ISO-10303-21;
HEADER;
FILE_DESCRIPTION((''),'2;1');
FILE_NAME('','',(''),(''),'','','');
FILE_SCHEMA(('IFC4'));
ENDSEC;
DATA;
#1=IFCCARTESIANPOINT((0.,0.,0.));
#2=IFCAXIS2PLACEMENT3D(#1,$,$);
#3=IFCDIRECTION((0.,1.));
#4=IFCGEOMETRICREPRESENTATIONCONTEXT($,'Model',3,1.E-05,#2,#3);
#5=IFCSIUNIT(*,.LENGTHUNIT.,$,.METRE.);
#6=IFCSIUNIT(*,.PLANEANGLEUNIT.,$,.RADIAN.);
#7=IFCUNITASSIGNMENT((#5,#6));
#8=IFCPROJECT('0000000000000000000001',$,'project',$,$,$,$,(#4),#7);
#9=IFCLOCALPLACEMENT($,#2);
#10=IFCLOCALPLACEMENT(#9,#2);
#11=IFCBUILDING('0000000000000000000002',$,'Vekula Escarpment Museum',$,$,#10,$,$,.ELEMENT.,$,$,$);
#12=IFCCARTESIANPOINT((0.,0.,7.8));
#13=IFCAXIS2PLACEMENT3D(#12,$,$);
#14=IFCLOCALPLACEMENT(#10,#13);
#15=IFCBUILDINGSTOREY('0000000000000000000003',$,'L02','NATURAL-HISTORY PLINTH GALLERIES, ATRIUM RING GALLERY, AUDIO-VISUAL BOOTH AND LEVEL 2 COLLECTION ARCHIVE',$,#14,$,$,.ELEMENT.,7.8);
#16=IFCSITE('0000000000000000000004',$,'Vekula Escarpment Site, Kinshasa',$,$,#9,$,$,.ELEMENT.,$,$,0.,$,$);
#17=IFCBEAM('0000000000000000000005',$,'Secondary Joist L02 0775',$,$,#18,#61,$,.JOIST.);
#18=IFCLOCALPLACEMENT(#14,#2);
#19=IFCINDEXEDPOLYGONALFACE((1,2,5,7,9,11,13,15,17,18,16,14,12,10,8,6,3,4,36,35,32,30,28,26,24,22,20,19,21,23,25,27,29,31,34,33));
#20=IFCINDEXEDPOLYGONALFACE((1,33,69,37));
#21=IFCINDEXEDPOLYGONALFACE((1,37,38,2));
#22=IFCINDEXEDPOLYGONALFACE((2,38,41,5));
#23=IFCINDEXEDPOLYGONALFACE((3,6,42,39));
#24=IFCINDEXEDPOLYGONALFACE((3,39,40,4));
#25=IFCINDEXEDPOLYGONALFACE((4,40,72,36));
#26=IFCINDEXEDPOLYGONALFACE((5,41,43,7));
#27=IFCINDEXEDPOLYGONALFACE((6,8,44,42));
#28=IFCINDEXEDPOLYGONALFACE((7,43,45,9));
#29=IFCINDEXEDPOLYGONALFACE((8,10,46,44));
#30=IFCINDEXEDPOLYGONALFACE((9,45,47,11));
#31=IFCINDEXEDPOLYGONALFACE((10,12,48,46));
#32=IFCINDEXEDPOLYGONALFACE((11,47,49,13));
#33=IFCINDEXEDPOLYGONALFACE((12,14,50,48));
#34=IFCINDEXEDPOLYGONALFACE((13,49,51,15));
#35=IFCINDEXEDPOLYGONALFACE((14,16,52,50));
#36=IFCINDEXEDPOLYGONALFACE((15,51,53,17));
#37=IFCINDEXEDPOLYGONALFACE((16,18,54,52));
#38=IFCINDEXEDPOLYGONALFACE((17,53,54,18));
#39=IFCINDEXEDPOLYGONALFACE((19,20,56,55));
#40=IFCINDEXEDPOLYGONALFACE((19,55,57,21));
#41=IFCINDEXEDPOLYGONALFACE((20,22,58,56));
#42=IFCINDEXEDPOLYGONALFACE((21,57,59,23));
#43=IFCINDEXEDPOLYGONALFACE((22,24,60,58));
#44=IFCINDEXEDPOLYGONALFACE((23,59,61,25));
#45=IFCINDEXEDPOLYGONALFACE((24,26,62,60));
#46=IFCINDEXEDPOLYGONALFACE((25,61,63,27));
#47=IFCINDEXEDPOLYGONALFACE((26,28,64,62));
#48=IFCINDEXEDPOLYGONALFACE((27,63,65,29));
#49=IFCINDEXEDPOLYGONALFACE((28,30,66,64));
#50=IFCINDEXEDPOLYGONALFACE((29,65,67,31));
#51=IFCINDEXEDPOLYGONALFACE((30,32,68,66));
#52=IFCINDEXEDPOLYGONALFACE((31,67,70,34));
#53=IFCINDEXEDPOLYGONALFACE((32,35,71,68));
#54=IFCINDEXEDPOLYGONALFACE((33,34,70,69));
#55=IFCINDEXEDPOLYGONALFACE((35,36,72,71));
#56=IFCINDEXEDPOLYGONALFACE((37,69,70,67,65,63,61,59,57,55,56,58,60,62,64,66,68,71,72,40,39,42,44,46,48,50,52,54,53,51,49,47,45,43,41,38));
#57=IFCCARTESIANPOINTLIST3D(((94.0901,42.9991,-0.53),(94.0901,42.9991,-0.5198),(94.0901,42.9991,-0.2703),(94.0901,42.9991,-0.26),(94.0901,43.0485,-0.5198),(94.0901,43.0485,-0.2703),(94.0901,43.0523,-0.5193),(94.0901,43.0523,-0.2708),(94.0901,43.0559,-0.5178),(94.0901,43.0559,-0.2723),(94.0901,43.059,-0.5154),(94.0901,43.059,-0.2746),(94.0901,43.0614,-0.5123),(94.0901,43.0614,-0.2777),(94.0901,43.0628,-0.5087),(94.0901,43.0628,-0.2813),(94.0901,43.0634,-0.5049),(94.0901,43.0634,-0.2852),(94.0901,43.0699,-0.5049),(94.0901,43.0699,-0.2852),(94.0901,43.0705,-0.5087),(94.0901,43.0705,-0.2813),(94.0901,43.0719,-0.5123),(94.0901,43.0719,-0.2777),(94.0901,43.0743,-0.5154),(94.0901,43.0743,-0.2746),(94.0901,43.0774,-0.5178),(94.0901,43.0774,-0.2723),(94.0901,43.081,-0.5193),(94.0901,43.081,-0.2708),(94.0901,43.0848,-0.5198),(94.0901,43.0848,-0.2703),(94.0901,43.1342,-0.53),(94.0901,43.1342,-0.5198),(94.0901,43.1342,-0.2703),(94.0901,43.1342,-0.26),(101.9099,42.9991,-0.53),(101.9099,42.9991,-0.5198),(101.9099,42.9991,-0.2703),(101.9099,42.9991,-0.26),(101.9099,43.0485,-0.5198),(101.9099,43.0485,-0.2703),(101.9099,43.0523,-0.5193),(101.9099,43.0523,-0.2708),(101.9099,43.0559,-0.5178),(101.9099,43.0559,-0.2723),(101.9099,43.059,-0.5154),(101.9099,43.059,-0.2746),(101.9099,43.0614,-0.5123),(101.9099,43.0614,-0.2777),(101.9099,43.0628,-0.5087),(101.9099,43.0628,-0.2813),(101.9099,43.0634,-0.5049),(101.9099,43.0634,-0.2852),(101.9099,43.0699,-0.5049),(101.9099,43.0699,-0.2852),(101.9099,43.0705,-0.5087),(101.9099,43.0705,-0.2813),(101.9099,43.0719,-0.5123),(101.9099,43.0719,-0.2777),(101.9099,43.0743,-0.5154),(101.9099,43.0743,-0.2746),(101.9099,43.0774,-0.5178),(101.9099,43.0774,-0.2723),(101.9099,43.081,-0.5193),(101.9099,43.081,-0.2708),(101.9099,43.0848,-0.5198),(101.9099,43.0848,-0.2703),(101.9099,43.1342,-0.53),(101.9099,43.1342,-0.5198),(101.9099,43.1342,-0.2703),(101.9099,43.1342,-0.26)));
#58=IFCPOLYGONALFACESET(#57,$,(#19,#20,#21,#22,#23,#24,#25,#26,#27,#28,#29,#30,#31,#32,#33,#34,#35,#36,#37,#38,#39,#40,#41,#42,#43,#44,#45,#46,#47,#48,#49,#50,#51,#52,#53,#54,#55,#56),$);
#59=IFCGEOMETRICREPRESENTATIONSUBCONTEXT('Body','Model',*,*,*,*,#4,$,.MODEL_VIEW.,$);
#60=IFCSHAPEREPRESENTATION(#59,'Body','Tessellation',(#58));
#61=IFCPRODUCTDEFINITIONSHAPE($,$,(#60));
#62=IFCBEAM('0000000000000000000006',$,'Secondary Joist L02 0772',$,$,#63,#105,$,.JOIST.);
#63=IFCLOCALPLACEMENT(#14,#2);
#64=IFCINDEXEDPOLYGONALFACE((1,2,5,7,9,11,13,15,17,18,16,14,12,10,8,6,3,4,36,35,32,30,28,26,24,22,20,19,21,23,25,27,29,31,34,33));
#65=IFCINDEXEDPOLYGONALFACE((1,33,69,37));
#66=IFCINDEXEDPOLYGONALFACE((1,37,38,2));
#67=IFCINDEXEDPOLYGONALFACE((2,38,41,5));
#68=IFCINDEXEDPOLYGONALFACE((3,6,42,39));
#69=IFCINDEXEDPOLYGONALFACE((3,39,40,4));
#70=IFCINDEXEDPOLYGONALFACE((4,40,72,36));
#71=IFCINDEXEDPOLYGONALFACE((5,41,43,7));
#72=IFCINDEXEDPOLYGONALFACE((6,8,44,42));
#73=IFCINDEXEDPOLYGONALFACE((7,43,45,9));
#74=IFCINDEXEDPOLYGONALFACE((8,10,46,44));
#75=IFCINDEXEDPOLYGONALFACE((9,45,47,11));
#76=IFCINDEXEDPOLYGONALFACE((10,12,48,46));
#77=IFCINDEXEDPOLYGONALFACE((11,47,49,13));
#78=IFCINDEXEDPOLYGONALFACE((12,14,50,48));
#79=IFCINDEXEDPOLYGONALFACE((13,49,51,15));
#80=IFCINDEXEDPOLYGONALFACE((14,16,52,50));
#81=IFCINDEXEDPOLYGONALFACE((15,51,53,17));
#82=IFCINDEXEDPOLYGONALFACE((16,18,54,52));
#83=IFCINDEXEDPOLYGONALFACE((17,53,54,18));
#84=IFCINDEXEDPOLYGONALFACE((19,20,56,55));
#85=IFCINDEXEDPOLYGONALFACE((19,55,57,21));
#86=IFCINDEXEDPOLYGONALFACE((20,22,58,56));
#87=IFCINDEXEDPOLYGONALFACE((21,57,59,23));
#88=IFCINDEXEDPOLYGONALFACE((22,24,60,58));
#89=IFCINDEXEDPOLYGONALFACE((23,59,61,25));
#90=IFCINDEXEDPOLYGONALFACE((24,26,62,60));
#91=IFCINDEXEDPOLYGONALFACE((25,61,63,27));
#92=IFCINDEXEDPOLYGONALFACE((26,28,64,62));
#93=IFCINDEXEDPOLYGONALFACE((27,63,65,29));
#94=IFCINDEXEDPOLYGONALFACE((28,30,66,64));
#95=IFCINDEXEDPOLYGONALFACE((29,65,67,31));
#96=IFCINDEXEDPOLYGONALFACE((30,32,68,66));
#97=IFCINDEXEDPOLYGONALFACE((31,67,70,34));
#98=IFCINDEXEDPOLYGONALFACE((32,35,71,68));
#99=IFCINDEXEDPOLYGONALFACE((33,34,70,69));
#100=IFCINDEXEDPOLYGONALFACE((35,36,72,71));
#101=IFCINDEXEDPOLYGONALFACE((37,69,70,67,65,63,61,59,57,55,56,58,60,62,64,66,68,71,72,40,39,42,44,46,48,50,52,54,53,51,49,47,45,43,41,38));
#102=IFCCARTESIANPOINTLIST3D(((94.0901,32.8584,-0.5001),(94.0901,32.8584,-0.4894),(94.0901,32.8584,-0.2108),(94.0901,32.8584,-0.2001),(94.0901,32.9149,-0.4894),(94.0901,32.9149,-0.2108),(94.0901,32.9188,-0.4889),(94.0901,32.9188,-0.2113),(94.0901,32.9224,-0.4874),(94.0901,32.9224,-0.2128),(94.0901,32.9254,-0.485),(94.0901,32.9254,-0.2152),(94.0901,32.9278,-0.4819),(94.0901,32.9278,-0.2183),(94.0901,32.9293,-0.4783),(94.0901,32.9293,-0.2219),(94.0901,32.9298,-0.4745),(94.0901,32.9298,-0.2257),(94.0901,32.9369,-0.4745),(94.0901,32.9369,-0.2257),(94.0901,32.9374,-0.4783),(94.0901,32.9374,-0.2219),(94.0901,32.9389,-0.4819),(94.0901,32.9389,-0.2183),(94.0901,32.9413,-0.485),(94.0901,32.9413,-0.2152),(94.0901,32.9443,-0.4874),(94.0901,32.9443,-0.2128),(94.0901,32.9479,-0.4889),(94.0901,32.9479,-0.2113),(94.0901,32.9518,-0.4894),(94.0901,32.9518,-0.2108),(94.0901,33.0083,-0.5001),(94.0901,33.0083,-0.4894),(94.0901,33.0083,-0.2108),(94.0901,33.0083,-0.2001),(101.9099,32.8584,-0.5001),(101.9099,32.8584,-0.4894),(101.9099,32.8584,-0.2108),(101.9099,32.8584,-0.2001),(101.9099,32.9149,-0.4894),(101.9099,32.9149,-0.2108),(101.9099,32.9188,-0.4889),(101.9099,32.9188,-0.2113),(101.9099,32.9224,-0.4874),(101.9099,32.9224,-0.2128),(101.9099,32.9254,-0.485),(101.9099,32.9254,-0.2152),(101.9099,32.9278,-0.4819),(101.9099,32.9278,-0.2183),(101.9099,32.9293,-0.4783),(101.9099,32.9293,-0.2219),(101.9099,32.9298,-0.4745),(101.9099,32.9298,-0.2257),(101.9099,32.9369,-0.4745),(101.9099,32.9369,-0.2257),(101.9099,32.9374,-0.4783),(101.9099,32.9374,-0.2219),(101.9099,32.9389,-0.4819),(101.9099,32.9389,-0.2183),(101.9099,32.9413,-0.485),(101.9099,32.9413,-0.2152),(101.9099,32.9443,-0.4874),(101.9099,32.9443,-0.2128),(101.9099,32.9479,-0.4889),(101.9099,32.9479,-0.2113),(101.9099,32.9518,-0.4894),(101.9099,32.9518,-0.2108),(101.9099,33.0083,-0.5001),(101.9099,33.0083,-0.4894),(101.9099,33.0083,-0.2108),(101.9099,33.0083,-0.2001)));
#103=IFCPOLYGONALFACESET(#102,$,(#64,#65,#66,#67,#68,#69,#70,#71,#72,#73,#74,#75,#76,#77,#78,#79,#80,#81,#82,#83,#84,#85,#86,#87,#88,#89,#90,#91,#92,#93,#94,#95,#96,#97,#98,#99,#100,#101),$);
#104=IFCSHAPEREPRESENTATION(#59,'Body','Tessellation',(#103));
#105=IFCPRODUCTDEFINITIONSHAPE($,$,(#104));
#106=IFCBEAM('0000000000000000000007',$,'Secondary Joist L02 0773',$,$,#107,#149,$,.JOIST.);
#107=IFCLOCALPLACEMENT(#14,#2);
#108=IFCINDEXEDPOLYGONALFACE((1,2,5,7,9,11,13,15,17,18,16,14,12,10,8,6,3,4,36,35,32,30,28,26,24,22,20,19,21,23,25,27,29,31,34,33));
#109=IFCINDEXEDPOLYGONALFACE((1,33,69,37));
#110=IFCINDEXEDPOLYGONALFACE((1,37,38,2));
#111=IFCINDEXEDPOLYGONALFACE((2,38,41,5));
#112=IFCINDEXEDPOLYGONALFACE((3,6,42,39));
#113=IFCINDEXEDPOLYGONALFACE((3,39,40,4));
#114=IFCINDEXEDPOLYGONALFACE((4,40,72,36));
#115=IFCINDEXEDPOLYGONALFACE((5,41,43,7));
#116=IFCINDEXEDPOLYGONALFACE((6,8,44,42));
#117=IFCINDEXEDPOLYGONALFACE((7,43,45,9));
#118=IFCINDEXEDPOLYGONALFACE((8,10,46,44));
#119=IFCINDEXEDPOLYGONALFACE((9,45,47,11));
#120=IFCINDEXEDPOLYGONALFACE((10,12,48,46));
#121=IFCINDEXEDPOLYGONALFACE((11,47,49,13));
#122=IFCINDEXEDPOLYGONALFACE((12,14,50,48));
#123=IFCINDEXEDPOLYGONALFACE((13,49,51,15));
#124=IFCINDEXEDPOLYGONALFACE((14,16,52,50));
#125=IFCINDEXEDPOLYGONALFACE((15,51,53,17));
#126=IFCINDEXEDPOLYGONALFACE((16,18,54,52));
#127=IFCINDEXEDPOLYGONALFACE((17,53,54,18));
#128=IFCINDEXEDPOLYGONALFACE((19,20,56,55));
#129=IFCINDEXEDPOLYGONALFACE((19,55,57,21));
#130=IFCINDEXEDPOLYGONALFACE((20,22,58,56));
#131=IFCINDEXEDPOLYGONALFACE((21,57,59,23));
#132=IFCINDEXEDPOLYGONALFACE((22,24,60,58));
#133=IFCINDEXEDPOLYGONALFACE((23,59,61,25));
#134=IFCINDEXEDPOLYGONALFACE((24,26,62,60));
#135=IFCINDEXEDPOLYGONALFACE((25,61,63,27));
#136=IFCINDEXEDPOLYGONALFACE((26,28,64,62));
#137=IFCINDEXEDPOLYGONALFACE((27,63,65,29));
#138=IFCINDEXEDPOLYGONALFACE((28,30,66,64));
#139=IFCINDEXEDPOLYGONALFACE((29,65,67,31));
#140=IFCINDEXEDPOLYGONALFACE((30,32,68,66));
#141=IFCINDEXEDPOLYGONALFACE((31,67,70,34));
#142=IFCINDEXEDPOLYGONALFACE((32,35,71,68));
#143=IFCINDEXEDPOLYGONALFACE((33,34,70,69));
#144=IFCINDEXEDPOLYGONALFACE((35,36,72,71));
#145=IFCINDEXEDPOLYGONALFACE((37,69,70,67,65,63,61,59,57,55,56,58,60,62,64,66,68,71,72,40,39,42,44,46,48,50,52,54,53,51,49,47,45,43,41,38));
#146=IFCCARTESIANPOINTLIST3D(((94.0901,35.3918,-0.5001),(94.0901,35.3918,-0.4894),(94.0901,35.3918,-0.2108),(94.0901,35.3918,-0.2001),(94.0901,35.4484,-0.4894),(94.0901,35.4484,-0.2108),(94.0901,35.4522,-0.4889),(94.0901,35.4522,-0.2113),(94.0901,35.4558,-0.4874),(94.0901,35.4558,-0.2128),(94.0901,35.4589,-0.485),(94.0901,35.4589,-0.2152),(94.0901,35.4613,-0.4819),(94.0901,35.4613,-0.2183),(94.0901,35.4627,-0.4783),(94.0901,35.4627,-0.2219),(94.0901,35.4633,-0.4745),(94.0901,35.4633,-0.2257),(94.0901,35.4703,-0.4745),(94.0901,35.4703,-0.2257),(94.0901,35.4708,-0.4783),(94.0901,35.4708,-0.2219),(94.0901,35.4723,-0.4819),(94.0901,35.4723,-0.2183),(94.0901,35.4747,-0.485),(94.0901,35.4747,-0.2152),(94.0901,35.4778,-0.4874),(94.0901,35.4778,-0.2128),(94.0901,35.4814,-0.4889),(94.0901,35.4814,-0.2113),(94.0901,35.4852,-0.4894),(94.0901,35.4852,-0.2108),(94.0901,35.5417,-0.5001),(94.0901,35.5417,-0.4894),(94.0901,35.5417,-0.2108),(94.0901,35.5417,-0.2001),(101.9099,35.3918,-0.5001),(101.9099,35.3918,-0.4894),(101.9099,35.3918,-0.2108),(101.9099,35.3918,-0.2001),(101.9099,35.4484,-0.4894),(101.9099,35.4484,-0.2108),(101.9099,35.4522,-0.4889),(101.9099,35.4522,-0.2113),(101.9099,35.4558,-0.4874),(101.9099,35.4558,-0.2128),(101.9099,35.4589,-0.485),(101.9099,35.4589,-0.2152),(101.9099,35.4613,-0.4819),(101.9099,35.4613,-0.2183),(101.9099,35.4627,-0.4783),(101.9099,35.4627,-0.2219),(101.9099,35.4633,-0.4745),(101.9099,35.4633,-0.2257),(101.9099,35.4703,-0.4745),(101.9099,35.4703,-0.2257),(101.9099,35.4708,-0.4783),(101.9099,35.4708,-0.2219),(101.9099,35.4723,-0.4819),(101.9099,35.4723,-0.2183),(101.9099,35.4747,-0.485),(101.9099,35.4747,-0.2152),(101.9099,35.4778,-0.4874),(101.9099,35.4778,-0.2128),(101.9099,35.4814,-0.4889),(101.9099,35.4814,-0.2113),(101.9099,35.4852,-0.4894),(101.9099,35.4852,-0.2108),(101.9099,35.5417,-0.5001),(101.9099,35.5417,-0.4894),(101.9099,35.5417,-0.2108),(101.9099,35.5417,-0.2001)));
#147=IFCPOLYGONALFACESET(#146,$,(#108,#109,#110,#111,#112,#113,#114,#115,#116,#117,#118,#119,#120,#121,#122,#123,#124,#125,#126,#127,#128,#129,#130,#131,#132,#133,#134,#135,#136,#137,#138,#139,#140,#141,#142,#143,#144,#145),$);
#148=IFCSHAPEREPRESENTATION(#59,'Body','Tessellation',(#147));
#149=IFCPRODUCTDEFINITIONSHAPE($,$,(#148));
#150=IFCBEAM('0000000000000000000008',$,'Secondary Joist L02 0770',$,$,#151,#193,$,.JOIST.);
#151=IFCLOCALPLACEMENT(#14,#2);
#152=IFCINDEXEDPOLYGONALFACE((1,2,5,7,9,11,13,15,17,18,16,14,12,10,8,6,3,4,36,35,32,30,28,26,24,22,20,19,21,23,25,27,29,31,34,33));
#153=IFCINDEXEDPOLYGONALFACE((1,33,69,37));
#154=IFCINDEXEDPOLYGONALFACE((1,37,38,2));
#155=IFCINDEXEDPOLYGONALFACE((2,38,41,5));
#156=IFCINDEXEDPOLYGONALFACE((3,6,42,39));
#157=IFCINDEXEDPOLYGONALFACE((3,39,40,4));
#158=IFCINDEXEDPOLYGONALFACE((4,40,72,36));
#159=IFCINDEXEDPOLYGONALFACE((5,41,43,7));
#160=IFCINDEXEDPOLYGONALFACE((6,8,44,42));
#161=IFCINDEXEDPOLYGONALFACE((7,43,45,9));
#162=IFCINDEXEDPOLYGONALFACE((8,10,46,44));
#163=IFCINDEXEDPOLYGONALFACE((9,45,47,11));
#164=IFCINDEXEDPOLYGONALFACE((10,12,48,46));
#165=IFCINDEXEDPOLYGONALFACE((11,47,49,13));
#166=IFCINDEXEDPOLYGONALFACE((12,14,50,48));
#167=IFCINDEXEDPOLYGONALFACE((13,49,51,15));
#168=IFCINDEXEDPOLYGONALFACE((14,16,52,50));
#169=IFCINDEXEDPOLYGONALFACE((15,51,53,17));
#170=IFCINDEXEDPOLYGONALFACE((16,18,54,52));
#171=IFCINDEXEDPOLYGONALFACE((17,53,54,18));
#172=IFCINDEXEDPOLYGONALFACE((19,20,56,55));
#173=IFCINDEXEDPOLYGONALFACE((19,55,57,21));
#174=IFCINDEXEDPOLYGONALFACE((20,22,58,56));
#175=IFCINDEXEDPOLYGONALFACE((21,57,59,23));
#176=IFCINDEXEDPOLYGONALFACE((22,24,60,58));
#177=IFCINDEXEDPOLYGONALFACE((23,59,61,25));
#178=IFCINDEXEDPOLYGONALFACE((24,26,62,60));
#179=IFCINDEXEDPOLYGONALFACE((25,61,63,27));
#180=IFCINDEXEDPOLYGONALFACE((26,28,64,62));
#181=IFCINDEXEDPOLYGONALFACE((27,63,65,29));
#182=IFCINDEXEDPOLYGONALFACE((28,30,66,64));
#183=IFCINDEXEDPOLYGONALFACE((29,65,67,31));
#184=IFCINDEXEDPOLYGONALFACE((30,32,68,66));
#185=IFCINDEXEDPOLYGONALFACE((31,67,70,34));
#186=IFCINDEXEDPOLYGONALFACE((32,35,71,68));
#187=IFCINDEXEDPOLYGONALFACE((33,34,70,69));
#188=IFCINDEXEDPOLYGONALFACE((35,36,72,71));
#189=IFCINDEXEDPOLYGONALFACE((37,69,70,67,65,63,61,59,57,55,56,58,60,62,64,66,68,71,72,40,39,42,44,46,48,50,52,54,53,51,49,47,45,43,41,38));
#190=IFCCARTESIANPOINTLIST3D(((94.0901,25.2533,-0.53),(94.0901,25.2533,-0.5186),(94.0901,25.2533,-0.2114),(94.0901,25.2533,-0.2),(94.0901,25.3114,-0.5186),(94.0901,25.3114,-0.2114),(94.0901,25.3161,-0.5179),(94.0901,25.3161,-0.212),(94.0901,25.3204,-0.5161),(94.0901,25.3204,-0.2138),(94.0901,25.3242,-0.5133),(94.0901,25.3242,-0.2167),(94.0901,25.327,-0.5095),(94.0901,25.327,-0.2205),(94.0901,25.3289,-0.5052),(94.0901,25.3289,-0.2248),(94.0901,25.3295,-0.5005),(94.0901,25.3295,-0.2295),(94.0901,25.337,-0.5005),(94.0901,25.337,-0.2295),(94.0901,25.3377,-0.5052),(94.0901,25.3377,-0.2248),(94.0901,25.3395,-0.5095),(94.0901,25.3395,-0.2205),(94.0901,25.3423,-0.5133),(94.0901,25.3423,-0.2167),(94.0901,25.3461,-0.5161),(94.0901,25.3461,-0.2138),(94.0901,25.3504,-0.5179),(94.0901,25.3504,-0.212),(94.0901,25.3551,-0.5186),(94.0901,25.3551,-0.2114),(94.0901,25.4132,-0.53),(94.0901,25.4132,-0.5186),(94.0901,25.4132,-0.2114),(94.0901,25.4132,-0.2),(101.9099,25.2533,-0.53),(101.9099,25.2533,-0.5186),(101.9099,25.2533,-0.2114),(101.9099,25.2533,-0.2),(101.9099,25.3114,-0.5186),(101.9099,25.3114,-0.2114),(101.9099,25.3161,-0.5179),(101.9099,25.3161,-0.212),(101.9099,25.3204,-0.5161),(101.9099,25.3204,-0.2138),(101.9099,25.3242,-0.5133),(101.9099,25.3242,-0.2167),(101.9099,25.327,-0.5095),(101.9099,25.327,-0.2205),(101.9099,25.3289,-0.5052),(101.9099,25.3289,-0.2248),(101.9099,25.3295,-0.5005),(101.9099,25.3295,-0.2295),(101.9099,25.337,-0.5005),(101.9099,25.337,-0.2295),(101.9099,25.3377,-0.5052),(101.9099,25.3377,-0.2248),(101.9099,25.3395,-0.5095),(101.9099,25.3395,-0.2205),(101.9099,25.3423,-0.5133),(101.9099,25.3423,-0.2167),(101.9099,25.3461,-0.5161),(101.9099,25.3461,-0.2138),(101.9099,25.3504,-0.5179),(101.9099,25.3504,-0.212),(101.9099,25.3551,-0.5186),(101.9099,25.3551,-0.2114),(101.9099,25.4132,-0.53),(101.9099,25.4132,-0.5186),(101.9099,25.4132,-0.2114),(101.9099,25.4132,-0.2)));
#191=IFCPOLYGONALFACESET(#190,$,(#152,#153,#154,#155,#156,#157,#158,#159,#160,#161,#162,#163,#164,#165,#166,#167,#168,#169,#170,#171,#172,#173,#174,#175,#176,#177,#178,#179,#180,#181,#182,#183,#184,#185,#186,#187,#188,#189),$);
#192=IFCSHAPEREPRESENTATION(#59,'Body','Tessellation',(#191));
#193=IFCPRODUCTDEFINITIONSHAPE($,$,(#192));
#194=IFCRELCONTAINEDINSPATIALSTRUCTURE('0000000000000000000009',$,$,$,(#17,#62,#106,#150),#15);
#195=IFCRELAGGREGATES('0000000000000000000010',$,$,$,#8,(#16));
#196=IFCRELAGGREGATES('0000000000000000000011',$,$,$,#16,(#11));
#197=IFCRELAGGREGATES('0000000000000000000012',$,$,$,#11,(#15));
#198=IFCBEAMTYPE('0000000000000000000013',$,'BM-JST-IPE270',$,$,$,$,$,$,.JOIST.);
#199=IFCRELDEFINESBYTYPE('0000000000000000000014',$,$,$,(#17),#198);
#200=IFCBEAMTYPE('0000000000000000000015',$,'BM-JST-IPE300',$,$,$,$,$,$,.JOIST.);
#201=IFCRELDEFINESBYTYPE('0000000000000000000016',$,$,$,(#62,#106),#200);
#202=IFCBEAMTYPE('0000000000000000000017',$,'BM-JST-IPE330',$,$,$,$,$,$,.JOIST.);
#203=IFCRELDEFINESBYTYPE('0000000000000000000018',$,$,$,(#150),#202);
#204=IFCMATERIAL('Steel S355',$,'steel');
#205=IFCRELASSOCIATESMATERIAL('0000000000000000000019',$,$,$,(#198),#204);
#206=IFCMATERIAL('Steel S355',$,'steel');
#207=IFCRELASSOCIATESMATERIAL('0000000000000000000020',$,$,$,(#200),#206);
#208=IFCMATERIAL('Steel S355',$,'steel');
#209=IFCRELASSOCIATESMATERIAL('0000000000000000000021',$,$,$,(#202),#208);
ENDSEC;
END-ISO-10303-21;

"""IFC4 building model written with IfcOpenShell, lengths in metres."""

from ifc_helpers import new_model, si_unit, direction, frame, origin, origin_2d, place, context, subcontext, project, spatial, i_section, extrude, material, material_profile, profile_set, type_object, element, save


model = new_model("IFC4")

# Units and contexts
model_context = context("Model", 3, precision=1e-05, world=origin(), true_north=direction((0.0, 1.0)))
body_context = subcontext(model_context, "Body", "Model", "MODEL_VIEW")
ifc_project = project(units=[si_unit("LENGTHUNIT", "METRE"), si_unit("PLANEANGLEUNIT", "RADIAN")], contexts=[model_context])

# Site, building, storey
site_placement = place(None, origin())
site = spatial("IfcSite", under=ifc_project, at=site_placement, Name="Vekula Escarpment Site, Kinshasa", CompositionType="ELEMENT", RefElevation=0.0)
building_placement = place(site_placement, origin())
building = spatial("IfcBuilding", under=site, at=building_placement, Name="Vekula Escarpment Museum", CompositionType="ELEMENT")
storey_placement = place(building_placement, frame((0.0, 0.0, 7.8)))
storey = spatial("IfcBuildingStorey", under=building, at=storey_placement, Name="L02", Description="NATURAL-HISTORY PLINTH GALLERIES, ATRIUM RING GALLERY, AUDIO-VISUAL BOOTH AND LEVEL 2 COLLECTION ARCHIVE", CompositionType="ELEMENT", Elevation=7.8)

# Beams
ifc_material_1 = material(Name="Steel S355", Category="steel")
ifc_material_profile_1 = material_profile(ifc_material_1, i_section(OverallWidth=0.135, OverallDepth=0.27, WebThickness=0.0066, FlangeThickness=0.0103, FilletRadius=0.0149, at=origin_2d()), Name="IPE 270")
ifc_profile_set_1 = profile_set([ifc_material_profile_1], Name="Steel S355")
beam_type_1 = type_object("IfcBeamType", Name="BM-JST-IPE270", PredefinedType="JOIST", material=ifc_profile_set_1)
for number, where, z_axis, x_axis, name in (
    (1, (94.0901, 43.0667, -0.395), (1.0, 0.0, 0.0), (0.0, 1.0, 0.0), "Secondary Joist L02 0775"),
):
    element("IfcBeam", number, at=place(storey_placement, frame(where, z_axis=z_axis, x_axis=x_axis)), inside=storey, type_object=beam_type_1, Name=name, PredefinedType="JOIST", context=body_context, shape_type="SweptSolid", body=[
        extrude(i_section(OverallWidth=0.135, OverallDepth=0.27, WebThickness=0.0066, FlangeThickness=0.0103, FilletRadius=0.0149, at=origin_2d()), origin(), (0.0, 0.0, 1.0), 7.8198),
    ])
ifc_material_2 = material(Name="Steel S355", Category="steel")
ifc_material_profile_2 = material_profile(ifc_material_2, i_section(OverallWidth=0.1499, OverallDepth=0.3, WebThickness=0.0071, FlangeThickness=0.0107, FilletRadius=0.0149, at=origin_2d()), Name="IPE 300")
ifc_profile_set_2 = profile_set([ifc_material_profile_2], Name="Steel S355")
beam_type_2 = type_object("IfcBeamType", Name="BM-JST-IPE300", PredefinedType="JOIST", material=ifc_profile_set_2)
for number, where, z_axis, x_axis, name in (
    (2, (94.0901, 32.9333, -0.3501), (1.0, 0.0, 0.0), (0.0, 1.0, 0.0), "Secondary Joist L02 0772"),
    (3, (94.0901, 35.4668, -0.3501), (1.0, 0.0, 0.0), (0.0, 1.0, 0.0), "Secondary Joist L02 0773"),
):
    element("IfcBeam", number, at=place(storey_placement, frame(where, z_axis=z_axis, x_axis=x_axis)), inside=storey, type_object=beam_type_2, Name=name, PredefinedType="JOIST", context=body_context, shape_type="SweptSolid", body=[
        extrude(i_section(OverallWidth=0.1499, OverallDepth=0.3, WebThickness=0.0071, FlangeThickness=0.0107, FilletRadius=0.0149, at=origin_2d()), origin(), (0.0, 0.0, 1.0), 7.8198),
    ])
ifc_material_3 = material(Name="Steel S355", Category="steel")
ifc_material_profile_3 = material_profile(ifc_material_3, i_section(OverallWidth=0.1599, OverallDepth=0.3301, WebThickness=0.0076, FlangeThickness=0.0115, FilletRadius=0.0181, at=origin_2d()), Name="IPE 330")
ifc_profile_set_3 = profile_set([ifc_material_profile_3], Name="Steel S355")
beam_type_3 = type_object("IfcBeamType", Name="BM-JST-IPE330", PredefinedType="JOIST", material=ifc_profile_set_3)
for number, where, z_axis, x_axis, name in (
    (4, (94.0901, 25.3333, -0.365), (1.0, 0.0, 0.0), (0.0, 1.0, 0.0), "Secondary Joist L02 0770"),
):
    element("IfcBeam", number, at=place(storey_placement, frame(where, z_axis=z_axis, x_axis=x_axis)), inside=storey, type_object=beam_type_3, Name=name, PredefinedType="JOIST", context=body_context, shape_type="SweptSolid", body=[
        extrude(i_section(OverallWidth=0.1599, OverallDepth=0.3301, WebThickness=0.0076, FlangeThickness=0.0115, FilletRadius=0.0181, at=origin_2d()), origin(), (0.0, 0.0, 1.0), 7.8198),
    ])

save(model, "model.ifc")
